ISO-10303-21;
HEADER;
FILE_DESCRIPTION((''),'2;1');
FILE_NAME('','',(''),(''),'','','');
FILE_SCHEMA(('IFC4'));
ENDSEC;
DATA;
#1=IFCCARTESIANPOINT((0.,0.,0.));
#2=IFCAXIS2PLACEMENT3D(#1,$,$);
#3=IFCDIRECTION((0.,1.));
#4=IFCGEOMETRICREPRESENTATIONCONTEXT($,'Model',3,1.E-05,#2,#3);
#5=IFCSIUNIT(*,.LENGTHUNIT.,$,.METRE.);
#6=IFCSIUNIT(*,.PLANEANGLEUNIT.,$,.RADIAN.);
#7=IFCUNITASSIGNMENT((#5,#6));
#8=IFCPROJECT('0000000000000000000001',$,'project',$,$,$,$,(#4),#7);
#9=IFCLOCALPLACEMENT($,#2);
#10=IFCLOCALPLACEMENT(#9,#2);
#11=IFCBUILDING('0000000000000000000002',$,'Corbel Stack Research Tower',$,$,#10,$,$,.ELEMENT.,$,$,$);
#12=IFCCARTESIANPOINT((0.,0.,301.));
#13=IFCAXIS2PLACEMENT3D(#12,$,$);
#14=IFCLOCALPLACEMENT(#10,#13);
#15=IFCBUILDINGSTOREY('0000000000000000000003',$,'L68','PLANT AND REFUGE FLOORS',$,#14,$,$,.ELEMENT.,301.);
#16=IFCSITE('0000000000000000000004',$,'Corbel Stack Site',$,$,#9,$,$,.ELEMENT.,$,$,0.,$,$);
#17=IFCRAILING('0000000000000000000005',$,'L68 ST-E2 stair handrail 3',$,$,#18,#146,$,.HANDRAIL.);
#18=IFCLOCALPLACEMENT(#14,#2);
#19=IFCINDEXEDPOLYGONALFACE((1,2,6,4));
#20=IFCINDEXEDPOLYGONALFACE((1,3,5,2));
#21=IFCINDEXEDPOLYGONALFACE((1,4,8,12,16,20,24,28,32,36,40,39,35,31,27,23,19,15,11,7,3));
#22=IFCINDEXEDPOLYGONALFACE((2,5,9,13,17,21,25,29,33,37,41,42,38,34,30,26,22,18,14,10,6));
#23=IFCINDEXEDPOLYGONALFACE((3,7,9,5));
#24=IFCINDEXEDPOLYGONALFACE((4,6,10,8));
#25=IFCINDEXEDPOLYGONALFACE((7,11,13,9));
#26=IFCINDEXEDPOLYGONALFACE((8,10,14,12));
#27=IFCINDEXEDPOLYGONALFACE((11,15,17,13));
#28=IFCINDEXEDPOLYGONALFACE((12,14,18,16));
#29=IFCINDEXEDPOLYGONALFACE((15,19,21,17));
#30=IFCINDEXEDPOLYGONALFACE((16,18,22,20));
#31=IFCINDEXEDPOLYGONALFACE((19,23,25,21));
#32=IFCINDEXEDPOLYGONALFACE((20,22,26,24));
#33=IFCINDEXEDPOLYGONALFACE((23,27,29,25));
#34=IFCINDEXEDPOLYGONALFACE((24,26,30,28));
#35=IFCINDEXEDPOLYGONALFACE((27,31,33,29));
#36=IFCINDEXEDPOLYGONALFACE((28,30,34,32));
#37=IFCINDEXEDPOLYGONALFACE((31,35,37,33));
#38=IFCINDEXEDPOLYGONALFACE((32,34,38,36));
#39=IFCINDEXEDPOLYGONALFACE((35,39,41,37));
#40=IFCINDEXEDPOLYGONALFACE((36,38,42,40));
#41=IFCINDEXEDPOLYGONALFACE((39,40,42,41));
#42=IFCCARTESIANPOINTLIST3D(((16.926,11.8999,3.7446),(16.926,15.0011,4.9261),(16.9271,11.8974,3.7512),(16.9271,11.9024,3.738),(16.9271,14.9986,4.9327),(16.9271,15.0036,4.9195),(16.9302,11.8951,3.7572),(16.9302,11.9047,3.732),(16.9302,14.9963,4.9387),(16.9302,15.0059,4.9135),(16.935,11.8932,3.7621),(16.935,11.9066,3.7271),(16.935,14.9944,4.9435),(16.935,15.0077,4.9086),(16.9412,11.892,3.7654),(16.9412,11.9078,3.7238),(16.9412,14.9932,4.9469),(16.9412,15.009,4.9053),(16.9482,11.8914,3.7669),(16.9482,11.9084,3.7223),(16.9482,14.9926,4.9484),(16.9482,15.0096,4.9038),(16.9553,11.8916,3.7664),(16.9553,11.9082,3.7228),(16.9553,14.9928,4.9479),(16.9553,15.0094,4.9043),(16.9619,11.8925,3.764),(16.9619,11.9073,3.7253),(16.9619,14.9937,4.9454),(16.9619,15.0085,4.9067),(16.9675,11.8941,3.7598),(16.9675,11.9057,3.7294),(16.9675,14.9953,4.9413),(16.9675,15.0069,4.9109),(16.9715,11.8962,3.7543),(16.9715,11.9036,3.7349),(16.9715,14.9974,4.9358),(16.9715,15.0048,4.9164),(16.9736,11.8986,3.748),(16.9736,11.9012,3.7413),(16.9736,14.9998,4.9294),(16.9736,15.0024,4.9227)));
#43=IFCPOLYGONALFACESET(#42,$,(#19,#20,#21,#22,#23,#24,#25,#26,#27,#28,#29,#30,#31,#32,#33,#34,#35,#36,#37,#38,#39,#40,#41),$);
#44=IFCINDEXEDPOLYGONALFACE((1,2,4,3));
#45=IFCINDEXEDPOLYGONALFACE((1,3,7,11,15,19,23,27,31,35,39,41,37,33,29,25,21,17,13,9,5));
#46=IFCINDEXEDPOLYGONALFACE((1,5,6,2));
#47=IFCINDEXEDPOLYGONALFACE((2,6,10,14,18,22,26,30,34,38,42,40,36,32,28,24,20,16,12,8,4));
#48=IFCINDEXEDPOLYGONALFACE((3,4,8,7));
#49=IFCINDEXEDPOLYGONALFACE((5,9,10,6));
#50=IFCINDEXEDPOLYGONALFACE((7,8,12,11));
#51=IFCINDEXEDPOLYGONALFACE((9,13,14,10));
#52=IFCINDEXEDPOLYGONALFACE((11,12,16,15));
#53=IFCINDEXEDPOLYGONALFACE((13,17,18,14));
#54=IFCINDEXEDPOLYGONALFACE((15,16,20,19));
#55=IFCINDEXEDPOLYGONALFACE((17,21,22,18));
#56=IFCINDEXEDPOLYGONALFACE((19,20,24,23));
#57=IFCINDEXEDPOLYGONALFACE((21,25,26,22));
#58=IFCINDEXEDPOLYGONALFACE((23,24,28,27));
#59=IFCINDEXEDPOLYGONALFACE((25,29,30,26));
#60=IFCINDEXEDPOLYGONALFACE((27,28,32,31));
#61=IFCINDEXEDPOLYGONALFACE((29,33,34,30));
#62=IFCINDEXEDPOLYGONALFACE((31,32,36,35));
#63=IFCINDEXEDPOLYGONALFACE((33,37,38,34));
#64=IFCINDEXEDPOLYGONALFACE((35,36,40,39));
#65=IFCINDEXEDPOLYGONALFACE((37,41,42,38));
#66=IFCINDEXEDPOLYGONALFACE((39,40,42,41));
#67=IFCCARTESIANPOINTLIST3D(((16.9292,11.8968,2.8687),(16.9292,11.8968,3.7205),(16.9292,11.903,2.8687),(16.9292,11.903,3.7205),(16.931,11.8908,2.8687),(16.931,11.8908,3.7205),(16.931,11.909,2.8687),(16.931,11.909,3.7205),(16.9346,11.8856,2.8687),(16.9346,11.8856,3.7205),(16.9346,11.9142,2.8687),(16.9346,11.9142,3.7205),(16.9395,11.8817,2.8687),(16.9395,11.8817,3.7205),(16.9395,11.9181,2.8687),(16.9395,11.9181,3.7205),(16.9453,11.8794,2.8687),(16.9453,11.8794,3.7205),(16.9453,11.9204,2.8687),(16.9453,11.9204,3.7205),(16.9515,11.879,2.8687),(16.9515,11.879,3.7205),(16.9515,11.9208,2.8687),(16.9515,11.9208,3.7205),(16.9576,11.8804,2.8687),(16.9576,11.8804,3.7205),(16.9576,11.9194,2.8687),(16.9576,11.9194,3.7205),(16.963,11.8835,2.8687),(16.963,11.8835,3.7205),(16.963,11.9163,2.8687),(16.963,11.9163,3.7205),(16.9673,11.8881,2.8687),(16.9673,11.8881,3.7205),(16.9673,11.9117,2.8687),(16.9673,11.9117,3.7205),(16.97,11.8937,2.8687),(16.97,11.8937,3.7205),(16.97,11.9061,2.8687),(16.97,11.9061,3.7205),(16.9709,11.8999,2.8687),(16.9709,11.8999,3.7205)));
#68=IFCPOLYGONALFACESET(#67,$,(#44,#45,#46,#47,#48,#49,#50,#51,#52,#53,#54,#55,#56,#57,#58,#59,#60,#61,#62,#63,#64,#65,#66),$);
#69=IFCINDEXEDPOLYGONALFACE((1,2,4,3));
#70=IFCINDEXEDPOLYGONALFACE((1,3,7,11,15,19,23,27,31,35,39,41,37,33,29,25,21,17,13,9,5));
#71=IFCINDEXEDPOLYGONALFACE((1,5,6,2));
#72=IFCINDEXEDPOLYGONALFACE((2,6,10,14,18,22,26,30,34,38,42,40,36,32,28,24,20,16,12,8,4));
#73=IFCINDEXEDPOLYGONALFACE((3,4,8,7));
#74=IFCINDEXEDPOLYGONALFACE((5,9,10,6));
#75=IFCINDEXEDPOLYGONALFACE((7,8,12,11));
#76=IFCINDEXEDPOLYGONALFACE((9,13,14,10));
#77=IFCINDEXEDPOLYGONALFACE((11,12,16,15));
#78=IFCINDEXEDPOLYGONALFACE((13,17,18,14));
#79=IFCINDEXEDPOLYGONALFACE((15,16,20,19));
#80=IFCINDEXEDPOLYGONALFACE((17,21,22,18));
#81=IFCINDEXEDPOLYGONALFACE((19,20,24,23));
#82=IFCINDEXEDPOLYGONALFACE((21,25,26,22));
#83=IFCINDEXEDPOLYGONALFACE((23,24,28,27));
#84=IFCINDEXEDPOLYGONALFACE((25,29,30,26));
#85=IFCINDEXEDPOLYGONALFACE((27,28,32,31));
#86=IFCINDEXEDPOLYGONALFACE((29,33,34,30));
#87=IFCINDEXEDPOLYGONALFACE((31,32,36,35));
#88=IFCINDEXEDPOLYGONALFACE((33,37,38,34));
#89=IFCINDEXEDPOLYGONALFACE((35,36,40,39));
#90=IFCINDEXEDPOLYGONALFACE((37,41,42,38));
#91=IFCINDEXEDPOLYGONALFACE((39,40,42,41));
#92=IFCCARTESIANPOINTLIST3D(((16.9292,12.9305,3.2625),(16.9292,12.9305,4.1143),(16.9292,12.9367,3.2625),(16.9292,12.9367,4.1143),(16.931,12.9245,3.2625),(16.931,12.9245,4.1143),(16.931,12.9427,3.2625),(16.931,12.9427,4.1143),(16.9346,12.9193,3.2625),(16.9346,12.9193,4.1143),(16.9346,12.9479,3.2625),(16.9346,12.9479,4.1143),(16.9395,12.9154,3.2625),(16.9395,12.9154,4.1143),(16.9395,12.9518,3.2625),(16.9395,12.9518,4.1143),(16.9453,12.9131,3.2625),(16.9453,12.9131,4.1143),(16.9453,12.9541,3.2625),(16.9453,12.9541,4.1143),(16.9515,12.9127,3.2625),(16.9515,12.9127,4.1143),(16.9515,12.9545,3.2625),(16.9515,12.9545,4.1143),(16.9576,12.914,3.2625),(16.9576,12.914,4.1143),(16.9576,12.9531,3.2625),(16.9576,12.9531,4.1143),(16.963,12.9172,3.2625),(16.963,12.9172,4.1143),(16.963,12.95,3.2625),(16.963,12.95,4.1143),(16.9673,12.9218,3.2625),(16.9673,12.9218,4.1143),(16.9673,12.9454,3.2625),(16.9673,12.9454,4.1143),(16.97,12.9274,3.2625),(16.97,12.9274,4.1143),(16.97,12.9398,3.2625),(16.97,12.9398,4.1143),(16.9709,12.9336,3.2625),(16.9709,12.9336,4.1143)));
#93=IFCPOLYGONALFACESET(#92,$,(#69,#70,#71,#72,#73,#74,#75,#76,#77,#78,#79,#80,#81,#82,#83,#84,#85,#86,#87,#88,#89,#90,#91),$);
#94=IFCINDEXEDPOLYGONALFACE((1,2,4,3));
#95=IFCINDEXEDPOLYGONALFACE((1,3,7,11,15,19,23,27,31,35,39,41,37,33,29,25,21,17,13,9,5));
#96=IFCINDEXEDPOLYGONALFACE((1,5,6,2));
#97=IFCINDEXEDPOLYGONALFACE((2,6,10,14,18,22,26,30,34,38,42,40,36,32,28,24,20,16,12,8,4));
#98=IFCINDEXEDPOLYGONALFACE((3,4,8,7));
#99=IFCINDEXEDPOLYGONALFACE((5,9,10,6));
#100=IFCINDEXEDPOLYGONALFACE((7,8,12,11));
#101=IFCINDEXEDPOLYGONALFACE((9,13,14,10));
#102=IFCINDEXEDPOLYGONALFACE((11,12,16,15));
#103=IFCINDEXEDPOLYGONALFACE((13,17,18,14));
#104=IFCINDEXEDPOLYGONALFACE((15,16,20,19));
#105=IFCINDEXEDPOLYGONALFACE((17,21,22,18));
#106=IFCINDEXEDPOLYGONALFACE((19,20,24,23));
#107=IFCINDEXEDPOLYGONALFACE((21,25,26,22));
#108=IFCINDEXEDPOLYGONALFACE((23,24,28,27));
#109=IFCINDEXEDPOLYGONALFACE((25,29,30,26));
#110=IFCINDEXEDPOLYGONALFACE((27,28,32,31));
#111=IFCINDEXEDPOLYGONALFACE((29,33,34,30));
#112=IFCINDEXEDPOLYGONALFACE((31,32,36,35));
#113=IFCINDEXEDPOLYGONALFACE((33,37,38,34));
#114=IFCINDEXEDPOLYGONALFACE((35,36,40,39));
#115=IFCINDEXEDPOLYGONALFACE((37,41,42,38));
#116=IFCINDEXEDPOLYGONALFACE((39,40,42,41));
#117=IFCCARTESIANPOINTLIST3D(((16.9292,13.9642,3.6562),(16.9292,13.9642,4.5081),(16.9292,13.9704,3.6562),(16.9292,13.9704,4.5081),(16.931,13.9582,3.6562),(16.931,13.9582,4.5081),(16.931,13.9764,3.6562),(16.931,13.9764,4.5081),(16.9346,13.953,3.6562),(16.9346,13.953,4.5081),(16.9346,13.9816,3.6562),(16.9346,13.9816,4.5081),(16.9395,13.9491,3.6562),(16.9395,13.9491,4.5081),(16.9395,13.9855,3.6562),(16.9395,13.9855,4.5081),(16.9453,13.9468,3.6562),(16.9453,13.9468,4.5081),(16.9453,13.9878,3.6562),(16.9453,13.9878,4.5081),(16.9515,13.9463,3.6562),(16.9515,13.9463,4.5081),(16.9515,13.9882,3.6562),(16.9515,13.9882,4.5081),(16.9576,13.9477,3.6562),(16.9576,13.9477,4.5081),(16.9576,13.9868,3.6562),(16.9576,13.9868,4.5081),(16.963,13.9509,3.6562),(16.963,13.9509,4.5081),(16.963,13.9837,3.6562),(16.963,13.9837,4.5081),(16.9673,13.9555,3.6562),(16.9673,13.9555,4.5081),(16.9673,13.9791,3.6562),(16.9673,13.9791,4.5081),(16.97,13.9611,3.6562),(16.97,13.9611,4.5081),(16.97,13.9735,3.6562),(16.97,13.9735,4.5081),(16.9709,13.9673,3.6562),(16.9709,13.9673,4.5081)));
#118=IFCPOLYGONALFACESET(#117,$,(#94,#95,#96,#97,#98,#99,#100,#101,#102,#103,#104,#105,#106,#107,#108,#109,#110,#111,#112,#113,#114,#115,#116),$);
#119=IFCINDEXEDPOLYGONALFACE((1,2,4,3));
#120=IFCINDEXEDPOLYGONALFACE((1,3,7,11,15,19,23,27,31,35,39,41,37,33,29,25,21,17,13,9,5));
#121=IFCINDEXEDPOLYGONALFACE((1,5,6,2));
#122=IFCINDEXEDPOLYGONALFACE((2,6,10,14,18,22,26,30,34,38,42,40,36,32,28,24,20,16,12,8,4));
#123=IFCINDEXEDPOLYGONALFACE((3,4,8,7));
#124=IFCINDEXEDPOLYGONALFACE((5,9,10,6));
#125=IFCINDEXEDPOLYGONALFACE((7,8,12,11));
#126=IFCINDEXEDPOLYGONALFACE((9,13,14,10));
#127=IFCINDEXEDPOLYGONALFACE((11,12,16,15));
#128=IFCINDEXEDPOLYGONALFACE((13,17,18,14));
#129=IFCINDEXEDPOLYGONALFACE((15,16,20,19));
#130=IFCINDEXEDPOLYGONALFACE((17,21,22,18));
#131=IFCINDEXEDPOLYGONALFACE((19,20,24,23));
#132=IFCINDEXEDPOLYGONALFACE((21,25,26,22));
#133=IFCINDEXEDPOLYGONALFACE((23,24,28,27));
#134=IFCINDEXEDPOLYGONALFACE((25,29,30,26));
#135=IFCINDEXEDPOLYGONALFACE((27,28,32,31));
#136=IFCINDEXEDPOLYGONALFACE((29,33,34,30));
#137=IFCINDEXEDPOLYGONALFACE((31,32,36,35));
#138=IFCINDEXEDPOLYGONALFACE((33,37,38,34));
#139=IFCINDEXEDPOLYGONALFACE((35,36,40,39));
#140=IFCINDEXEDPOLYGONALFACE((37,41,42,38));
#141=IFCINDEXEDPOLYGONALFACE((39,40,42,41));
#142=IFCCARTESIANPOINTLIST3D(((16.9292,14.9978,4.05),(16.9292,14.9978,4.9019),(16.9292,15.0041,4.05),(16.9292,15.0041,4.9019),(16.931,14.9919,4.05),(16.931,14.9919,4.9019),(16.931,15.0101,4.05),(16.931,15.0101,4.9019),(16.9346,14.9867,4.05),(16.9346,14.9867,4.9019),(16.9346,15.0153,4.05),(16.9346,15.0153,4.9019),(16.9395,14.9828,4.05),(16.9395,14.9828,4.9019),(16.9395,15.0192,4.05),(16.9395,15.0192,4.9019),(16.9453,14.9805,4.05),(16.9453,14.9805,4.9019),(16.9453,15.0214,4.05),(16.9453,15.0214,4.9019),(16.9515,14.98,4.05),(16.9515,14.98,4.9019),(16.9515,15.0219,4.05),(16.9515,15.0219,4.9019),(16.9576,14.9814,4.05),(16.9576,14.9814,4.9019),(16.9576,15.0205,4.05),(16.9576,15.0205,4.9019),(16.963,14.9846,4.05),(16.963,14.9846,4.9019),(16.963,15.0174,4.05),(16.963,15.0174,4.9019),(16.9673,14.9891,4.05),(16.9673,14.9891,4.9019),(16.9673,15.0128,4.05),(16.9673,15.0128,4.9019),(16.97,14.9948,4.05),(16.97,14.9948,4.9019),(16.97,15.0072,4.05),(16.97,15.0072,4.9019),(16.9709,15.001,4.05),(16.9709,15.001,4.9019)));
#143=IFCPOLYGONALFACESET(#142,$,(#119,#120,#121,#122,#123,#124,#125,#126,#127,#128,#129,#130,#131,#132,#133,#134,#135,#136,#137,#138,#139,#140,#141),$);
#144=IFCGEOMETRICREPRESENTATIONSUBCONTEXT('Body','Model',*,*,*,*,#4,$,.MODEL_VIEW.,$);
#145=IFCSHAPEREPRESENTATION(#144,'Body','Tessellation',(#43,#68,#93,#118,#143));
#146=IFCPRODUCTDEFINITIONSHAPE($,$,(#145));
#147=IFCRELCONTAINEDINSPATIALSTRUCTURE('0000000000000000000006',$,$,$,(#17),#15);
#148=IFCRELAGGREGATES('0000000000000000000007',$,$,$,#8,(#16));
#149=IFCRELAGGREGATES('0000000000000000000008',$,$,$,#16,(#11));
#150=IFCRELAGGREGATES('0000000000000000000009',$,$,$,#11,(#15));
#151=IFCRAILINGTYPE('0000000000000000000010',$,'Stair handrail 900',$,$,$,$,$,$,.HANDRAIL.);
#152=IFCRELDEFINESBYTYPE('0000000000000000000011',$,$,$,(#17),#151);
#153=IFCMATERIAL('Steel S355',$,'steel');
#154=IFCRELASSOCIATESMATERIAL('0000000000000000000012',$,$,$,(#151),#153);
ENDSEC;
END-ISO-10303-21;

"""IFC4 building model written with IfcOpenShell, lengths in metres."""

from ifc_helpers import new_model, si_unit, direction, frame, origin, origin_2d, place, context, subcontext, project, spatial, circle, extrude, material, type_object, element, save


model = new_model("IFC4")

# Units and contexts
model_context = context("Model", 3, precision=1e-05, world=origin(), true_north=direction((0.0, 1.0)))
body_context = subcontext(model_context, "Body", "Model", "MODEL_VIEW")
ifc_project = project(units=[si_unit("LENGTHUNIT", "METRE"), si_unit("PLANEANGLEUNIT", "RADIAN")], contexts=[model_context])

# Site, building, storey
site_placement = place(None, origin())
site = spatial("IfcSite", under=ifc_project, at=site_placement, Name="Corbel Stack Site", CompositionType="ELEMENT", RefElevation=0.0)
building_placement = place(site_placement, origin())
building = spatial("IfcBuilding", under=site, at=building_placement, Name="Corbel Stack Research Tower", CompositionType="ELEMENT")
storey_placement = place(building_placement, frame((0.0, 0.0, 301.0)))
storey = spatial("IfcBuildingStorey", under=building, at=storey_placement, Name="L68", Description="PLANT AND REFUGE FLOORS", CompositionType="ELEMENT", Elevation=301.0)

# Railing
ifc_material_1 = material(Name="Steel S355", Category="steel")
railing_type_1 = type_object("IfcRailingType", Name="Stair handrail 900", PredefinedType="HANDRAIL", material=ifc_material_1)
railing_1_placement = place(storey_placement, frame((16.95, 11.8999, 2.8687)))
element("IfcRailing", 1, at=railing_1_placement, inside=storey, type_object=railing_type_1, Name="L68 ST-E2 stair handrail 3", PredefinedType="HANDRAIL", context=body_context, shape_type="SweptSolid", body=[
    extrude(circle(Radius=0.0239, at=origin_2d()), frame((0.0, 0.0, 0.876), z_axis=(0.0, 0.934484, 0.356005), x_axis=(-1.0, 0.0, 0.0)), (0.0, 0.0, 1.0), 3.3186),
    extrude(circle(Radius=0.021, at=origin_2d()), origin(), (0.0, 0.0, 1.0), 0.8518),
    extrude(circle(Radius=0.021, at=origin_2d()), frame((0.0, 1.0337, 0.3938)), (0.0, 0.0, 1.0), 0.8518),
    extrude(circle(Radius=0.021, at=origin_2d()), frame((0.0, 2.0674, 0.7876)), (0.0, 0.0, 1.0), 0.8518),
    extrude(circle(Radius=0.021, at=origin_2d()), frame((0.0, 3.1011, 1.1814)), (0.0, 0.0, 1.0), 0.8518),
])

save(model, "model.ifc")
